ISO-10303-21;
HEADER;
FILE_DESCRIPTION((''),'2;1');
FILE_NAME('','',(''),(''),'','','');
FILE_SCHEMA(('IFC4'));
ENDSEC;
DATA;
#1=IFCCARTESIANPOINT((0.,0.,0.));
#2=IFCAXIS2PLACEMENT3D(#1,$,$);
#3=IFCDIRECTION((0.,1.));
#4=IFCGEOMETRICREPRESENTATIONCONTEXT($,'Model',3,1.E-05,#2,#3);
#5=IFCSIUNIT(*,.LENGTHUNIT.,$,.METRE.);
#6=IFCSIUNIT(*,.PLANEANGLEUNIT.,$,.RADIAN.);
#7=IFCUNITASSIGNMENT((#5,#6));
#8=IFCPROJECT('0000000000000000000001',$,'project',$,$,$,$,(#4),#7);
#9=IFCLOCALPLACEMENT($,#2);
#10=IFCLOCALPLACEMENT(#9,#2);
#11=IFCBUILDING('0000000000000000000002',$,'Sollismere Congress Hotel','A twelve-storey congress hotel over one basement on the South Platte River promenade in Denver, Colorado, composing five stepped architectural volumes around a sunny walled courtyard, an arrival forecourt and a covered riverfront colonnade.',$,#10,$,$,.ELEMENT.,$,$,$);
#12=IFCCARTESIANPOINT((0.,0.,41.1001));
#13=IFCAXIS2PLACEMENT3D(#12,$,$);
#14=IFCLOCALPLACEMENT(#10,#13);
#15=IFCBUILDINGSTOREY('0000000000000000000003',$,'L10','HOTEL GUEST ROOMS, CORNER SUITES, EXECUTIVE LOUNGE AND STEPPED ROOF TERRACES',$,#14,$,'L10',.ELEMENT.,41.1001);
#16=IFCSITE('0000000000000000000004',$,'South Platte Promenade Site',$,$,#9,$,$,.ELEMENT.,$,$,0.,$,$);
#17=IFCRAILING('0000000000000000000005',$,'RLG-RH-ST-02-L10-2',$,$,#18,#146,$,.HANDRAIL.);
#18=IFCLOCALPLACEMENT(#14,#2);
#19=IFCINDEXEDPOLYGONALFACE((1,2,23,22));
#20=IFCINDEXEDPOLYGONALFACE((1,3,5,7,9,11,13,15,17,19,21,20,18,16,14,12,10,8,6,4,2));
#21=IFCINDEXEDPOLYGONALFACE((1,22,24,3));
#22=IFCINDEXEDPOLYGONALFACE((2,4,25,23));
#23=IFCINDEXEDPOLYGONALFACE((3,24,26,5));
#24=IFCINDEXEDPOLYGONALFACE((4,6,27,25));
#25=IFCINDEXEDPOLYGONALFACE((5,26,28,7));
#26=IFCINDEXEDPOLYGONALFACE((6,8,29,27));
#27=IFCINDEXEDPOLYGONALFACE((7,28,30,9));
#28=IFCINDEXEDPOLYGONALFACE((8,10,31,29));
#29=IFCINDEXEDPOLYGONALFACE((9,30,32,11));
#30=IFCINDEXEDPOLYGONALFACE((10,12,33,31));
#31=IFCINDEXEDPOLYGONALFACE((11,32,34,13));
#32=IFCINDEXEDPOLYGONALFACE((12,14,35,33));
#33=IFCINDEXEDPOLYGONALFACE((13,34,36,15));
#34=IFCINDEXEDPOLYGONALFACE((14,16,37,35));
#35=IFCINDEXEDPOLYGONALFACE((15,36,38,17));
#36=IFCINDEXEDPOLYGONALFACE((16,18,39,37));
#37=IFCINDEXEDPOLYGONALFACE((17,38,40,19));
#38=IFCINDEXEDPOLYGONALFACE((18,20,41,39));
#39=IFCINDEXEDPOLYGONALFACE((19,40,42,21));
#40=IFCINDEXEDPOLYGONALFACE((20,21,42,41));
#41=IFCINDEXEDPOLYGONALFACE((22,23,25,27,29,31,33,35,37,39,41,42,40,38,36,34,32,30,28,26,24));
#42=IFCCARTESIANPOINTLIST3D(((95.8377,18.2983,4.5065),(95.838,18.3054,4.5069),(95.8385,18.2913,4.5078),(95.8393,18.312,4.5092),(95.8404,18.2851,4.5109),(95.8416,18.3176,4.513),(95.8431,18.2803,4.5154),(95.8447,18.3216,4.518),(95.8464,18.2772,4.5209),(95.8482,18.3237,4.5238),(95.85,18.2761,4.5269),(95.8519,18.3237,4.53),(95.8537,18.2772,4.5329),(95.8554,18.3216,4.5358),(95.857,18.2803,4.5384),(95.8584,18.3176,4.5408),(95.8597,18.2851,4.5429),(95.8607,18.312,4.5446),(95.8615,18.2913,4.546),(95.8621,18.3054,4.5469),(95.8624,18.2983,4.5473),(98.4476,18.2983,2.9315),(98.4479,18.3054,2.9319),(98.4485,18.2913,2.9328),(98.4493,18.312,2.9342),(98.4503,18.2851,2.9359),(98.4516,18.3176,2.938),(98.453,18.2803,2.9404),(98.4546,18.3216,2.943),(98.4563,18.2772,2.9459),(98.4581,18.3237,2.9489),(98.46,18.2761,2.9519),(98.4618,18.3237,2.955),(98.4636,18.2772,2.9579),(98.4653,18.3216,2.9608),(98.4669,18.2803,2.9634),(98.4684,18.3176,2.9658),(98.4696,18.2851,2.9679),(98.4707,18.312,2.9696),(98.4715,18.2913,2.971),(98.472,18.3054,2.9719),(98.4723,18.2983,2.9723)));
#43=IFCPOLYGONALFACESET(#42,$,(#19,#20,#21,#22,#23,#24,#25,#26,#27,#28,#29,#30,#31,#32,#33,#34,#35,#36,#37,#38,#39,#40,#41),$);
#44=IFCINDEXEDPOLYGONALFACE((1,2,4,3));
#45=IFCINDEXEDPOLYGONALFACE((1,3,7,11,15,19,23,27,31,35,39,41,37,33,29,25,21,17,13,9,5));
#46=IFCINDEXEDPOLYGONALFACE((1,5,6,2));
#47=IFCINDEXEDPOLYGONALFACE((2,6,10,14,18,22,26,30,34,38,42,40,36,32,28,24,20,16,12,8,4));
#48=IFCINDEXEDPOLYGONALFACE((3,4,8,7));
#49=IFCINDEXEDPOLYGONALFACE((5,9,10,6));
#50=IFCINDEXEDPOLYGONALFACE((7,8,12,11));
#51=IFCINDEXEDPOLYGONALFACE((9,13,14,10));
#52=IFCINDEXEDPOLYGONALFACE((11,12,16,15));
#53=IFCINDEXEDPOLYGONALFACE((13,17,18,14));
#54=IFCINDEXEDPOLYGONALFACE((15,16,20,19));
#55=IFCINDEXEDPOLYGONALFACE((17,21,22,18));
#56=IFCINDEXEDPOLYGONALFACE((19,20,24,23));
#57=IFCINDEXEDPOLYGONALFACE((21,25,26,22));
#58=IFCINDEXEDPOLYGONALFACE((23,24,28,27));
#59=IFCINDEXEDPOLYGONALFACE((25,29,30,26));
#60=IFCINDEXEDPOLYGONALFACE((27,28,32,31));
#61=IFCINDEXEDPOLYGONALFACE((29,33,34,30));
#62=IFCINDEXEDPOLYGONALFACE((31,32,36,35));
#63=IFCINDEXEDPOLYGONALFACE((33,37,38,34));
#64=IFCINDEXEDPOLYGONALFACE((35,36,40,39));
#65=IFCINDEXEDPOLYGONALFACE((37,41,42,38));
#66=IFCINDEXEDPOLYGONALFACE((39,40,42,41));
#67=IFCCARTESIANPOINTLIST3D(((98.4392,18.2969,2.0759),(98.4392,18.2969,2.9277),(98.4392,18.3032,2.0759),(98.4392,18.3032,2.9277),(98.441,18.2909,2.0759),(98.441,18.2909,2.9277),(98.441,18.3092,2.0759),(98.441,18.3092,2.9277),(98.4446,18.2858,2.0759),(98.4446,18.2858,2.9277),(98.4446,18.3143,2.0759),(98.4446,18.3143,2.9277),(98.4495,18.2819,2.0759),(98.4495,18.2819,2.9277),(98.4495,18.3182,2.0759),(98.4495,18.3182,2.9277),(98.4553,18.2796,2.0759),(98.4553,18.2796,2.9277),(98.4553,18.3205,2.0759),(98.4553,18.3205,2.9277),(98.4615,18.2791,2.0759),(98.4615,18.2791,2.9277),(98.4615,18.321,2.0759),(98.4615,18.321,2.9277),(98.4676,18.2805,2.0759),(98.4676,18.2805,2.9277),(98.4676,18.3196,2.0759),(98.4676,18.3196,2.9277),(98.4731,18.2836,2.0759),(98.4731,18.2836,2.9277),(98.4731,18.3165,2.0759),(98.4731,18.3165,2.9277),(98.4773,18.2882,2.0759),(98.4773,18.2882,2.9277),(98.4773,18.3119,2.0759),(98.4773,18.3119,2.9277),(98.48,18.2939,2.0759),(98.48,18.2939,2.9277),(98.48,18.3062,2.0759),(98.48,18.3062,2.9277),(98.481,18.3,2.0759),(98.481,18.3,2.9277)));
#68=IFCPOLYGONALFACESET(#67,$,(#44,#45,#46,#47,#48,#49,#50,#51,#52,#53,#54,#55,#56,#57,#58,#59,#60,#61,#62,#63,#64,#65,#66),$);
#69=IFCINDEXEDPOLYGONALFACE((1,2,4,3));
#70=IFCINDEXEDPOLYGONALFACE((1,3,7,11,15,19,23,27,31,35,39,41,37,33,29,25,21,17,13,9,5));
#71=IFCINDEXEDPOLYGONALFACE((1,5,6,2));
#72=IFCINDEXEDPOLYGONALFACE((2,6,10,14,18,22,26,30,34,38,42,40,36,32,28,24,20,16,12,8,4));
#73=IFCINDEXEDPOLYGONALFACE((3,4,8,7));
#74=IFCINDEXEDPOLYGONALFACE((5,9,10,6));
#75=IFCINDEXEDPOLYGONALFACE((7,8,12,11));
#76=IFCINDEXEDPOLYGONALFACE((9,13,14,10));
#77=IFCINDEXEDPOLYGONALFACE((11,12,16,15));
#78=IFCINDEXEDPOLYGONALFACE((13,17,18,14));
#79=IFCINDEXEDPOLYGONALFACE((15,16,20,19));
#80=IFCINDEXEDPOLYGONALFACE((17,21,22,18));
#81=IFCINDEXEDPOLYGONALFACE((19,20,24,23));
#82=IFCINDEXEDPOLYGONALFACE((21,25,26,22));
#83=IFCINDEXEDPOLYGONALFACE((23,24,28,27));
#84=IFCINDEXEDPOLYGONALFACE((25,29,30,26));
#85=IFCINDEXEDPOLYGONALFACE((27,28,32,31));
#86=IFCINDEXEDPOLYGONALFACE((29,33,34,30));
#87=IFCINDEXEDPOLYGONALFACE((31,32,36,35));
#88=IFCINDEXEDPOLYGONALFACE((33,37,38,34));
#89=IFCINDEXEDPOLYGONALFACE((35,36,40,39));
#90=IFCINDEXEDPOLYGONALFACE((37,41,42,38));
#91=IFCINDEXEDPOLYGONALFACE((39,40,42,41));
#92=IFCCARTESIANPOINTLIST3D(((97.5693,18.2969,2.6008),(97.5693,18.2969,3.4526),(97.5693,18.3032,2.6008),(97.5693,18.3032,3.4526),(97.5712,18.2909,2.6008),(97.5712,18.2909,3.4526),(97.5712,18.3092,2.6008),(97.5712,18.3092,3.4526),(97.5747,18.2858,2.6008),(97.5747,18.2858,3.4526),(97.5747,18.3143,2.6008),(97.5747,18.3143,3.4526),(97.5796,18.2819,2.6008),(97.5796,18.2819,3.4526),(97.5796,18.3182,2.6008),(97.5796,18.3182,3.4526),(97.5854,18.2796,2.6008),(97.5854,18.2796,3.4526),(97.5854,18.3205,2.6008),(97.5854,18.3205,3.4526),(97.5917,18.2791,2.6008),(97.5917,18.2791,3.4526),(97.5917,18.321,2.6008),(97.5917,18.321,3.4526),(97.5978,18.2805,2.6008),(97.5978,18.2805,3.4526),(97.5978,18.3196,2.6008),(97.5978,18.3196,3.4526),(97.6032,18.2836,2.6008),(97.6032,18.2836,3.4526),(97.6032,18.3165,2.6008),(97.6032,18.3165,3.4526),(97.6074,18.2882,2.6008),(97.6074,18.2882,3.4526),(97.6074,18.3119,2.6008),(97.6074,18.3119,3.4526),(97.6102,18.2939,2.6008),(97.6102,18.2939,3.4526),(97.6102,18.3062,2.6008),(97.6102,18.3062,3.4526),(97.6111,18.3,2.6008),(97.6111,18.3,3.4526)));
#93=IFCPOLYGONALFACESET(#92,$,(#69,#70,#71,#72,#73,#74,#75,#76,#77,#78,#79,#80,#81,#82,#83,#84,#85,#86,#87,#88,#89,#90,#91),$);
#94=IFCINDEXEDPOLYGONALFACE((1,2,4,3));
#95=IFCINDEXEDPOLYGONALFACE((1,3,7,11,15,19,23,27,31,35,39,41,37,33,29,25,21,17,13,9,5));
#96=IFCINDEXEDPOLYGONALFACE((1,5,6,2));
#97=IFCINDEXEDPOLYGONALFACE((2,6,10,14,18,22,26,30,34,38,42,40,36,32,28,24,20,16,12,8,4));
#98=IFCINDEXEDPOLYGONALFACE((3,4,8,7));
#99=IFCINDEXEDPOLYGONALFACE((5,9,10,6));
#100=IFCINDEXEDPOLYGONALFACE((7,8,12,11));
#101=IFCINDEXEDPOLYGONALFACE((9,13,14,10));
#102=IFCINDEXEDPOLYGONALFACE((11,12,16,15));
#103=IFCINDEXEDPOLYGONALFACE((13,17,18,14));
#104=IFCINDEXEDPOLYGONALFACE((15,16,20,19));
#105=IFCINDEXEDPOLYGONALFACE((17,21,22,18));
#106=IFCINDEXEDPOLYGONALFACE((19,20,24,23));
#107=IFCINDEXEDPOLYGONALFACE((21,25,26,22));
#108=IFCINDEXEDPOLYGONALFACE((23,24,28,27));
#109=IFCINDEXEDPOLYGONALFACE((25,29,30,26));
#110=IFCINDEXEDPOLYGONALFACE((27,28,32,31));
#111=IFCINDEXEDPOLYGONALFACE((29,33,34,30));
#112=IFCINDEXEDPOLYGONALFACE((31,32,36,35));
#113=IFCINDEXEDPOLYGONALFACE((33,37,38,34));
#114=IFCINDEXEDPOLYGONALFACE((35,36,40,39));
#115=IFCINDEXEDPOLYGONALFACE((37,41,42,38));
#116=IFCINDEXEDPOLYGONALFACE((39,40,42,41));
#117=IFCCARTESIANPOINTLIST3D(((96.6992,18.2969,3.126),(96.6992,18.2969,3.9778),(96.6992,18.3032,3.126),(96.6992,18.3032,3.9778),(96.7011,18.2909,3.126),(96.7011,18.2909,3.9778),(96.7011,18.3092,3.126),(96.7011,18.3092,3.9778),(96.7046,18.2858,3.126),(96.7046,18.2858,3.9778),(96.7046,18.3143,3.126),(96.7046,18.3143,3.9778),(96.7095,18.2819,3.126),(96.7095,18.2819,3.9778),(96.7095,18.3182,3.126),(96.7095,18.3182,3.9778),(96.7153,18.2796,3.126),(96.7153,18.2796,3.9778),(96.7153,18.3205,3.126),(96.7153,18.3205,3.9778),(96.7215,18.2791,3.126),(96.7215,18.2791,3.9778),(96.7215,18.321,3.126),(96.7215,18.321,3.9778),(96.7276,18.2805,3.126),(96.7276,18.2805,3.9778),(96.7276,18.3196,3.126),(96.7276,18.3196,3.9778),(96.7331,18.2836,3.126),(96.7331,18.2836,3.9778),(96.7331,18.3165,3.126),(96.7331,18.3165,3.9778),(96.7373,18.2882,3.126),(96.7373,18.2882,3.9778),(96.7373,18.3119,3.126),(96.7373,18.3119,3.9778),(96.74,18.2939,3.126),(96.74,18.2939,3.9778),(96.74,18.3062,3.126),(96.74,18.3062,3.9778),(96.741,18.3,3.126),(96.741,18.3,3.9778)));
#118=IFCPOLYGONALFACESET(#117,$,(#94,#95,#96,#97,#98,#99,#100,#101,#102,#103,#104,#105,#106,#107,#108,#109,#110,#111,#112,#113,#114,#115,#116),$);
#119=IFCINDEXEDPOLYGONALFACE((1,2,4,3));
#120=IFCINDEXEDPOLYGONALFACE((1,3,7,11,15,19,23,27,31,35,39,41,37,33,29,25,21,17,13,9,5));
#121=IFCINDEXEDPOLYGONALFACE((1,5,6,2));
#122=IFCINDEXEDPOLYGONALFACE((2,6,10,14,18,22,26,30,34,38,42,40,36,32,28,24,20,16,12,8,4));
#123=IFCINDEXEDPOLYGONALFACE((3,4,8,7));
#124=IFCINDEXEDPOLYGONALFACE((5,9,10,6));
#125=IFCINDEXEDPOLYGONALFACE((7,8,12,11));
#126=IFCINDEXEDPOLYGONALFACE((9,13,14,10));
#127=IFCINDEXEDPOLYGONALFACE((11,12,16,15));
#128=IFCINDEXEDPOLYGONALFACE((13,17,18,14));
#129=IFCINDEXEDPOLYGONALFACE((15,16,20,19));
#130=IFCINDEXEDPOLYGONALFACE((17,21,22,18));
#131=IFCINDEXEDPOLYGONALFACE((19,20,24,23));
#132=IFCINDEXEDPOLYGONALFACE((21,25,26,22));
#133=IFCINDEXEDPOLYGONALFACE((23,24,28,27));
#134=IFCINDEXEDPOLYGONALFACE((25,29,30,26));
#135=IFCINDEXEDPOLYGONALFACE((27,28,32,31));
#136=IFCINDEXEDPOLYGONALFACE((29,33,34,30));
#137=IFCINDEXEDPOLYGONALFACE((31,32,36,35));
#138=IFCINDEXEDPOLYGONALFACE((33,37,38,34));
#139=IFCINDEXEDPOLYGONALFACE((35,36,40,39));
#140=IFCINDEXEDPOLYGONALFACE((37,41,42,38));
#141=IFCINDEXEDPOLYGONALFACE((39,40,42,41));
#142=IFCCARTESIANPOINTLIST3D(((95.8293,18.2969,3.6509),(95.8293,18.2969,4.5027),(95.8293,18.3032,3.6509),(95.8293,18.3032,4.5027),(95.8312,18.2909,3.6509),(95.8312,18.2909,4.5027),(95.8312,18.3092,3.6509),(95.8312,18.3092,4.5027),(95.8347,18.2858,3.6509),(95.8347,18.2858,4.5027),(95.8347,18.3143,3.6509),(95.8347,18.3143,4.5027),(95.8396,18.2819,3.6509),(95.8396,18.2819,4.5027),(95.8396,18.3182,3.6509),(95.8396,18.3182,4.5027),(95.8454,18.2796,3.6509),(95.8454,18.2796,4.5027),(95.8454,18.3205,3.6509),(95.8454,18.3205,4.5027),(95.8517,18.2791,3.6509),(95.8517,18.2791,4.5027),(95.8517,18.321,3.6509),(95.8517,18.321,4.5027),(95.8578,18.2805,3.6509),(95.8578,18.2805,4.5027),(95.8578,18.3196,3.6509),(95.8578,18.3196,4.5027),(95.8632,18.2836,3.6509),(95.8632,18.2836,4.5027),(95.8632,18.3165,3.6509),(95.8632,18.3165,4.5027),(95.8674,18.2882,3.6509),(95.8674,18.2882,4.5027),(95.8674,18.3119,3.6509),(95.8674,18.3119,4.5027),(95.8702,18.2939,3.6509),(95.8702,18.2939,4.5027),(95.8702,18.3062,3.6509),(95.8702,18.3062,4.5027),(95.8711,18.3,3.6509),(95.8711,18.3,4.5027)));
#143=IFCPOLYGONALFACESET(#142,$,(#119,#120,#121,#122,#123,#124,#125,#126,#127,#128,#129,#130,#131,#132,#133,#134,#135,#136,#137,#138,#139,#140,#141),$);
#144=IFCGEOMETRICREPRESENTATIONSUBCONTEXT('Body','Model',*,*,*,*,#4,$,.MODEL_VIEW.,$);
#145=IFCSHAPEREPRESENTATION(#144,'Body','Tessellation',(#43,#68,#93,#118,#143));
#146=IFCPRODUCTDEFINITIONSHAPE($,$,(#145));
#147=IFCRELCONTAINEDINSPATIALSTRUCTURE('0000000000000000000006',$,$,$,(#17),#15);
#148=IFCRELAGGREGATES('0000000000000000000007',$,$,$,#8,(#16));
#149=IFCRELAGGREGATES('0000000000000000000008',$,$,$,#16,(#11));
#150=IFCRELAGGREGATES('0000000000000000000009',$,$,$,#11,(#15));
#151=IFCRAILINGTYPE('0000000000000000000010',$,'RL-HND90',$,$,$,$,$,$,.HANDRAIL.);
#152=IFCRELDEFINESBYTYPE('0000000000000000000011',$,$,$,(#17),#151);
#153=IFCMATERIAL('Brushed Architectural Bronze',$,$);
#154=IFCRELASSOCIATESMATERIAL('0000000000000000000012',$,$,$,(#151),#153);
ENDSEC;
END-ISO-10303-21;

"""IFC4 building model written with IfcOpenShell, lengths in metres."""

from ifc_helpers import new_model, si_unit, direction, frame, origin, origin_2d, place, context, subcontext, project, spatial, circle, extrude, material, type_object, element, save


model = new_model("IFC4")

# Units and contexts
model_context = context("Model", 3, precision=1e-05, world=origin(), true_north=direction((0.0, 1.0)))
body_context = subcontext(model_context, "Body", "Model", "MODEL_VIEW")
ifc_project = project(units=[si_unit("LENGTHUNIT", "METRE"), si_unit("PLANEANGLEUNIT", "RADIAN")], contexts=[model_context])

# Site, building, storey
site_placement = place(None, origin())
site = spatial("IfcSite", under=ifc_project, at=site_placement, Name="South Platte Promenade Site", CompositionType="ELEMENT", RefElevation=0.0)
building_placement = place(site_placement, origin())
building = spatial("IfcBuilding", under=site, at=building_placement, Name="Sollismere Congress Hotel", Description="A twelve-storey congress hotel over one basement on the South Platte River promenade in Denver, Colorado, composing five stepped architectural volumes around a sunny walled courtyard, an arrival forecourt and a covered riverfront colonnade.", CompositionType="ELEMENT")
storey_placement = place(building_placement, frame((0.0, 0.0, 41.1001)))
storey = spatial("IfcBuildingStorey", under=building, at=storey_placement, Name="L10", Description="HOTEL GUEST ROOMS, CORNER SUITES, EXECUTIVE LOUNGE AND STEPPED ROOF TERRACES", LongName="L10", CompositionType="ELEMENT", Elevation=41.1001)

# Railing
ifc_material_1 = material(Name="Brushed Architectural Bronze")
railing_type_1 = type_object("IfcRailingType", Name="RL-HND90", PredefinedType="HANDRAIL", material=ifc_material_1)
railing_1_placement = place(storey_placement, frame((98.46, 18.3, 2.0759)))
element("IfcRailing", 1, at=railing_1_placement, inside=storey, type_object=railing_type_1, Name="RLG-RH-ST-02-L10-2", PredefinedType="HANDRAIL", context=body_context, shape_type="SweptSolid", body=[
    extrude(circle(Radius=0.0239, at=origin_2d()), frame((0.0, 0.0, 0.876), z_axis=(-0.856183, 0.0, 0.516673), x_axis=(0.0, -1.0, 0.0)), (0.0, 0.0, 1.0), 3.0483),
    extrude(circle(Radius=0.021, at=origin_2d()), origin(), (0.0, 0.0, 1.0), 0.8518),
    extrude(circle(Radius=0.021, at=origin_2d()), frame((-0.8699, 0.0, 0.5249)), (0.0, 0.0, 1.0), 0.8518),
    extrude(circle(Radius=0.021, at=origin_2d()), frame((-1.74, 0.0, 1.05)), (0.0, 0.0, 1.0), 0.8518),
    extrude(circle(Radius=0.021, at=origin_2d()), frame((-2.6099, 0.0, 1.575)), (0.0, 0.0, 1.0), 0.8518),
])

save(model, "model.ifc")
